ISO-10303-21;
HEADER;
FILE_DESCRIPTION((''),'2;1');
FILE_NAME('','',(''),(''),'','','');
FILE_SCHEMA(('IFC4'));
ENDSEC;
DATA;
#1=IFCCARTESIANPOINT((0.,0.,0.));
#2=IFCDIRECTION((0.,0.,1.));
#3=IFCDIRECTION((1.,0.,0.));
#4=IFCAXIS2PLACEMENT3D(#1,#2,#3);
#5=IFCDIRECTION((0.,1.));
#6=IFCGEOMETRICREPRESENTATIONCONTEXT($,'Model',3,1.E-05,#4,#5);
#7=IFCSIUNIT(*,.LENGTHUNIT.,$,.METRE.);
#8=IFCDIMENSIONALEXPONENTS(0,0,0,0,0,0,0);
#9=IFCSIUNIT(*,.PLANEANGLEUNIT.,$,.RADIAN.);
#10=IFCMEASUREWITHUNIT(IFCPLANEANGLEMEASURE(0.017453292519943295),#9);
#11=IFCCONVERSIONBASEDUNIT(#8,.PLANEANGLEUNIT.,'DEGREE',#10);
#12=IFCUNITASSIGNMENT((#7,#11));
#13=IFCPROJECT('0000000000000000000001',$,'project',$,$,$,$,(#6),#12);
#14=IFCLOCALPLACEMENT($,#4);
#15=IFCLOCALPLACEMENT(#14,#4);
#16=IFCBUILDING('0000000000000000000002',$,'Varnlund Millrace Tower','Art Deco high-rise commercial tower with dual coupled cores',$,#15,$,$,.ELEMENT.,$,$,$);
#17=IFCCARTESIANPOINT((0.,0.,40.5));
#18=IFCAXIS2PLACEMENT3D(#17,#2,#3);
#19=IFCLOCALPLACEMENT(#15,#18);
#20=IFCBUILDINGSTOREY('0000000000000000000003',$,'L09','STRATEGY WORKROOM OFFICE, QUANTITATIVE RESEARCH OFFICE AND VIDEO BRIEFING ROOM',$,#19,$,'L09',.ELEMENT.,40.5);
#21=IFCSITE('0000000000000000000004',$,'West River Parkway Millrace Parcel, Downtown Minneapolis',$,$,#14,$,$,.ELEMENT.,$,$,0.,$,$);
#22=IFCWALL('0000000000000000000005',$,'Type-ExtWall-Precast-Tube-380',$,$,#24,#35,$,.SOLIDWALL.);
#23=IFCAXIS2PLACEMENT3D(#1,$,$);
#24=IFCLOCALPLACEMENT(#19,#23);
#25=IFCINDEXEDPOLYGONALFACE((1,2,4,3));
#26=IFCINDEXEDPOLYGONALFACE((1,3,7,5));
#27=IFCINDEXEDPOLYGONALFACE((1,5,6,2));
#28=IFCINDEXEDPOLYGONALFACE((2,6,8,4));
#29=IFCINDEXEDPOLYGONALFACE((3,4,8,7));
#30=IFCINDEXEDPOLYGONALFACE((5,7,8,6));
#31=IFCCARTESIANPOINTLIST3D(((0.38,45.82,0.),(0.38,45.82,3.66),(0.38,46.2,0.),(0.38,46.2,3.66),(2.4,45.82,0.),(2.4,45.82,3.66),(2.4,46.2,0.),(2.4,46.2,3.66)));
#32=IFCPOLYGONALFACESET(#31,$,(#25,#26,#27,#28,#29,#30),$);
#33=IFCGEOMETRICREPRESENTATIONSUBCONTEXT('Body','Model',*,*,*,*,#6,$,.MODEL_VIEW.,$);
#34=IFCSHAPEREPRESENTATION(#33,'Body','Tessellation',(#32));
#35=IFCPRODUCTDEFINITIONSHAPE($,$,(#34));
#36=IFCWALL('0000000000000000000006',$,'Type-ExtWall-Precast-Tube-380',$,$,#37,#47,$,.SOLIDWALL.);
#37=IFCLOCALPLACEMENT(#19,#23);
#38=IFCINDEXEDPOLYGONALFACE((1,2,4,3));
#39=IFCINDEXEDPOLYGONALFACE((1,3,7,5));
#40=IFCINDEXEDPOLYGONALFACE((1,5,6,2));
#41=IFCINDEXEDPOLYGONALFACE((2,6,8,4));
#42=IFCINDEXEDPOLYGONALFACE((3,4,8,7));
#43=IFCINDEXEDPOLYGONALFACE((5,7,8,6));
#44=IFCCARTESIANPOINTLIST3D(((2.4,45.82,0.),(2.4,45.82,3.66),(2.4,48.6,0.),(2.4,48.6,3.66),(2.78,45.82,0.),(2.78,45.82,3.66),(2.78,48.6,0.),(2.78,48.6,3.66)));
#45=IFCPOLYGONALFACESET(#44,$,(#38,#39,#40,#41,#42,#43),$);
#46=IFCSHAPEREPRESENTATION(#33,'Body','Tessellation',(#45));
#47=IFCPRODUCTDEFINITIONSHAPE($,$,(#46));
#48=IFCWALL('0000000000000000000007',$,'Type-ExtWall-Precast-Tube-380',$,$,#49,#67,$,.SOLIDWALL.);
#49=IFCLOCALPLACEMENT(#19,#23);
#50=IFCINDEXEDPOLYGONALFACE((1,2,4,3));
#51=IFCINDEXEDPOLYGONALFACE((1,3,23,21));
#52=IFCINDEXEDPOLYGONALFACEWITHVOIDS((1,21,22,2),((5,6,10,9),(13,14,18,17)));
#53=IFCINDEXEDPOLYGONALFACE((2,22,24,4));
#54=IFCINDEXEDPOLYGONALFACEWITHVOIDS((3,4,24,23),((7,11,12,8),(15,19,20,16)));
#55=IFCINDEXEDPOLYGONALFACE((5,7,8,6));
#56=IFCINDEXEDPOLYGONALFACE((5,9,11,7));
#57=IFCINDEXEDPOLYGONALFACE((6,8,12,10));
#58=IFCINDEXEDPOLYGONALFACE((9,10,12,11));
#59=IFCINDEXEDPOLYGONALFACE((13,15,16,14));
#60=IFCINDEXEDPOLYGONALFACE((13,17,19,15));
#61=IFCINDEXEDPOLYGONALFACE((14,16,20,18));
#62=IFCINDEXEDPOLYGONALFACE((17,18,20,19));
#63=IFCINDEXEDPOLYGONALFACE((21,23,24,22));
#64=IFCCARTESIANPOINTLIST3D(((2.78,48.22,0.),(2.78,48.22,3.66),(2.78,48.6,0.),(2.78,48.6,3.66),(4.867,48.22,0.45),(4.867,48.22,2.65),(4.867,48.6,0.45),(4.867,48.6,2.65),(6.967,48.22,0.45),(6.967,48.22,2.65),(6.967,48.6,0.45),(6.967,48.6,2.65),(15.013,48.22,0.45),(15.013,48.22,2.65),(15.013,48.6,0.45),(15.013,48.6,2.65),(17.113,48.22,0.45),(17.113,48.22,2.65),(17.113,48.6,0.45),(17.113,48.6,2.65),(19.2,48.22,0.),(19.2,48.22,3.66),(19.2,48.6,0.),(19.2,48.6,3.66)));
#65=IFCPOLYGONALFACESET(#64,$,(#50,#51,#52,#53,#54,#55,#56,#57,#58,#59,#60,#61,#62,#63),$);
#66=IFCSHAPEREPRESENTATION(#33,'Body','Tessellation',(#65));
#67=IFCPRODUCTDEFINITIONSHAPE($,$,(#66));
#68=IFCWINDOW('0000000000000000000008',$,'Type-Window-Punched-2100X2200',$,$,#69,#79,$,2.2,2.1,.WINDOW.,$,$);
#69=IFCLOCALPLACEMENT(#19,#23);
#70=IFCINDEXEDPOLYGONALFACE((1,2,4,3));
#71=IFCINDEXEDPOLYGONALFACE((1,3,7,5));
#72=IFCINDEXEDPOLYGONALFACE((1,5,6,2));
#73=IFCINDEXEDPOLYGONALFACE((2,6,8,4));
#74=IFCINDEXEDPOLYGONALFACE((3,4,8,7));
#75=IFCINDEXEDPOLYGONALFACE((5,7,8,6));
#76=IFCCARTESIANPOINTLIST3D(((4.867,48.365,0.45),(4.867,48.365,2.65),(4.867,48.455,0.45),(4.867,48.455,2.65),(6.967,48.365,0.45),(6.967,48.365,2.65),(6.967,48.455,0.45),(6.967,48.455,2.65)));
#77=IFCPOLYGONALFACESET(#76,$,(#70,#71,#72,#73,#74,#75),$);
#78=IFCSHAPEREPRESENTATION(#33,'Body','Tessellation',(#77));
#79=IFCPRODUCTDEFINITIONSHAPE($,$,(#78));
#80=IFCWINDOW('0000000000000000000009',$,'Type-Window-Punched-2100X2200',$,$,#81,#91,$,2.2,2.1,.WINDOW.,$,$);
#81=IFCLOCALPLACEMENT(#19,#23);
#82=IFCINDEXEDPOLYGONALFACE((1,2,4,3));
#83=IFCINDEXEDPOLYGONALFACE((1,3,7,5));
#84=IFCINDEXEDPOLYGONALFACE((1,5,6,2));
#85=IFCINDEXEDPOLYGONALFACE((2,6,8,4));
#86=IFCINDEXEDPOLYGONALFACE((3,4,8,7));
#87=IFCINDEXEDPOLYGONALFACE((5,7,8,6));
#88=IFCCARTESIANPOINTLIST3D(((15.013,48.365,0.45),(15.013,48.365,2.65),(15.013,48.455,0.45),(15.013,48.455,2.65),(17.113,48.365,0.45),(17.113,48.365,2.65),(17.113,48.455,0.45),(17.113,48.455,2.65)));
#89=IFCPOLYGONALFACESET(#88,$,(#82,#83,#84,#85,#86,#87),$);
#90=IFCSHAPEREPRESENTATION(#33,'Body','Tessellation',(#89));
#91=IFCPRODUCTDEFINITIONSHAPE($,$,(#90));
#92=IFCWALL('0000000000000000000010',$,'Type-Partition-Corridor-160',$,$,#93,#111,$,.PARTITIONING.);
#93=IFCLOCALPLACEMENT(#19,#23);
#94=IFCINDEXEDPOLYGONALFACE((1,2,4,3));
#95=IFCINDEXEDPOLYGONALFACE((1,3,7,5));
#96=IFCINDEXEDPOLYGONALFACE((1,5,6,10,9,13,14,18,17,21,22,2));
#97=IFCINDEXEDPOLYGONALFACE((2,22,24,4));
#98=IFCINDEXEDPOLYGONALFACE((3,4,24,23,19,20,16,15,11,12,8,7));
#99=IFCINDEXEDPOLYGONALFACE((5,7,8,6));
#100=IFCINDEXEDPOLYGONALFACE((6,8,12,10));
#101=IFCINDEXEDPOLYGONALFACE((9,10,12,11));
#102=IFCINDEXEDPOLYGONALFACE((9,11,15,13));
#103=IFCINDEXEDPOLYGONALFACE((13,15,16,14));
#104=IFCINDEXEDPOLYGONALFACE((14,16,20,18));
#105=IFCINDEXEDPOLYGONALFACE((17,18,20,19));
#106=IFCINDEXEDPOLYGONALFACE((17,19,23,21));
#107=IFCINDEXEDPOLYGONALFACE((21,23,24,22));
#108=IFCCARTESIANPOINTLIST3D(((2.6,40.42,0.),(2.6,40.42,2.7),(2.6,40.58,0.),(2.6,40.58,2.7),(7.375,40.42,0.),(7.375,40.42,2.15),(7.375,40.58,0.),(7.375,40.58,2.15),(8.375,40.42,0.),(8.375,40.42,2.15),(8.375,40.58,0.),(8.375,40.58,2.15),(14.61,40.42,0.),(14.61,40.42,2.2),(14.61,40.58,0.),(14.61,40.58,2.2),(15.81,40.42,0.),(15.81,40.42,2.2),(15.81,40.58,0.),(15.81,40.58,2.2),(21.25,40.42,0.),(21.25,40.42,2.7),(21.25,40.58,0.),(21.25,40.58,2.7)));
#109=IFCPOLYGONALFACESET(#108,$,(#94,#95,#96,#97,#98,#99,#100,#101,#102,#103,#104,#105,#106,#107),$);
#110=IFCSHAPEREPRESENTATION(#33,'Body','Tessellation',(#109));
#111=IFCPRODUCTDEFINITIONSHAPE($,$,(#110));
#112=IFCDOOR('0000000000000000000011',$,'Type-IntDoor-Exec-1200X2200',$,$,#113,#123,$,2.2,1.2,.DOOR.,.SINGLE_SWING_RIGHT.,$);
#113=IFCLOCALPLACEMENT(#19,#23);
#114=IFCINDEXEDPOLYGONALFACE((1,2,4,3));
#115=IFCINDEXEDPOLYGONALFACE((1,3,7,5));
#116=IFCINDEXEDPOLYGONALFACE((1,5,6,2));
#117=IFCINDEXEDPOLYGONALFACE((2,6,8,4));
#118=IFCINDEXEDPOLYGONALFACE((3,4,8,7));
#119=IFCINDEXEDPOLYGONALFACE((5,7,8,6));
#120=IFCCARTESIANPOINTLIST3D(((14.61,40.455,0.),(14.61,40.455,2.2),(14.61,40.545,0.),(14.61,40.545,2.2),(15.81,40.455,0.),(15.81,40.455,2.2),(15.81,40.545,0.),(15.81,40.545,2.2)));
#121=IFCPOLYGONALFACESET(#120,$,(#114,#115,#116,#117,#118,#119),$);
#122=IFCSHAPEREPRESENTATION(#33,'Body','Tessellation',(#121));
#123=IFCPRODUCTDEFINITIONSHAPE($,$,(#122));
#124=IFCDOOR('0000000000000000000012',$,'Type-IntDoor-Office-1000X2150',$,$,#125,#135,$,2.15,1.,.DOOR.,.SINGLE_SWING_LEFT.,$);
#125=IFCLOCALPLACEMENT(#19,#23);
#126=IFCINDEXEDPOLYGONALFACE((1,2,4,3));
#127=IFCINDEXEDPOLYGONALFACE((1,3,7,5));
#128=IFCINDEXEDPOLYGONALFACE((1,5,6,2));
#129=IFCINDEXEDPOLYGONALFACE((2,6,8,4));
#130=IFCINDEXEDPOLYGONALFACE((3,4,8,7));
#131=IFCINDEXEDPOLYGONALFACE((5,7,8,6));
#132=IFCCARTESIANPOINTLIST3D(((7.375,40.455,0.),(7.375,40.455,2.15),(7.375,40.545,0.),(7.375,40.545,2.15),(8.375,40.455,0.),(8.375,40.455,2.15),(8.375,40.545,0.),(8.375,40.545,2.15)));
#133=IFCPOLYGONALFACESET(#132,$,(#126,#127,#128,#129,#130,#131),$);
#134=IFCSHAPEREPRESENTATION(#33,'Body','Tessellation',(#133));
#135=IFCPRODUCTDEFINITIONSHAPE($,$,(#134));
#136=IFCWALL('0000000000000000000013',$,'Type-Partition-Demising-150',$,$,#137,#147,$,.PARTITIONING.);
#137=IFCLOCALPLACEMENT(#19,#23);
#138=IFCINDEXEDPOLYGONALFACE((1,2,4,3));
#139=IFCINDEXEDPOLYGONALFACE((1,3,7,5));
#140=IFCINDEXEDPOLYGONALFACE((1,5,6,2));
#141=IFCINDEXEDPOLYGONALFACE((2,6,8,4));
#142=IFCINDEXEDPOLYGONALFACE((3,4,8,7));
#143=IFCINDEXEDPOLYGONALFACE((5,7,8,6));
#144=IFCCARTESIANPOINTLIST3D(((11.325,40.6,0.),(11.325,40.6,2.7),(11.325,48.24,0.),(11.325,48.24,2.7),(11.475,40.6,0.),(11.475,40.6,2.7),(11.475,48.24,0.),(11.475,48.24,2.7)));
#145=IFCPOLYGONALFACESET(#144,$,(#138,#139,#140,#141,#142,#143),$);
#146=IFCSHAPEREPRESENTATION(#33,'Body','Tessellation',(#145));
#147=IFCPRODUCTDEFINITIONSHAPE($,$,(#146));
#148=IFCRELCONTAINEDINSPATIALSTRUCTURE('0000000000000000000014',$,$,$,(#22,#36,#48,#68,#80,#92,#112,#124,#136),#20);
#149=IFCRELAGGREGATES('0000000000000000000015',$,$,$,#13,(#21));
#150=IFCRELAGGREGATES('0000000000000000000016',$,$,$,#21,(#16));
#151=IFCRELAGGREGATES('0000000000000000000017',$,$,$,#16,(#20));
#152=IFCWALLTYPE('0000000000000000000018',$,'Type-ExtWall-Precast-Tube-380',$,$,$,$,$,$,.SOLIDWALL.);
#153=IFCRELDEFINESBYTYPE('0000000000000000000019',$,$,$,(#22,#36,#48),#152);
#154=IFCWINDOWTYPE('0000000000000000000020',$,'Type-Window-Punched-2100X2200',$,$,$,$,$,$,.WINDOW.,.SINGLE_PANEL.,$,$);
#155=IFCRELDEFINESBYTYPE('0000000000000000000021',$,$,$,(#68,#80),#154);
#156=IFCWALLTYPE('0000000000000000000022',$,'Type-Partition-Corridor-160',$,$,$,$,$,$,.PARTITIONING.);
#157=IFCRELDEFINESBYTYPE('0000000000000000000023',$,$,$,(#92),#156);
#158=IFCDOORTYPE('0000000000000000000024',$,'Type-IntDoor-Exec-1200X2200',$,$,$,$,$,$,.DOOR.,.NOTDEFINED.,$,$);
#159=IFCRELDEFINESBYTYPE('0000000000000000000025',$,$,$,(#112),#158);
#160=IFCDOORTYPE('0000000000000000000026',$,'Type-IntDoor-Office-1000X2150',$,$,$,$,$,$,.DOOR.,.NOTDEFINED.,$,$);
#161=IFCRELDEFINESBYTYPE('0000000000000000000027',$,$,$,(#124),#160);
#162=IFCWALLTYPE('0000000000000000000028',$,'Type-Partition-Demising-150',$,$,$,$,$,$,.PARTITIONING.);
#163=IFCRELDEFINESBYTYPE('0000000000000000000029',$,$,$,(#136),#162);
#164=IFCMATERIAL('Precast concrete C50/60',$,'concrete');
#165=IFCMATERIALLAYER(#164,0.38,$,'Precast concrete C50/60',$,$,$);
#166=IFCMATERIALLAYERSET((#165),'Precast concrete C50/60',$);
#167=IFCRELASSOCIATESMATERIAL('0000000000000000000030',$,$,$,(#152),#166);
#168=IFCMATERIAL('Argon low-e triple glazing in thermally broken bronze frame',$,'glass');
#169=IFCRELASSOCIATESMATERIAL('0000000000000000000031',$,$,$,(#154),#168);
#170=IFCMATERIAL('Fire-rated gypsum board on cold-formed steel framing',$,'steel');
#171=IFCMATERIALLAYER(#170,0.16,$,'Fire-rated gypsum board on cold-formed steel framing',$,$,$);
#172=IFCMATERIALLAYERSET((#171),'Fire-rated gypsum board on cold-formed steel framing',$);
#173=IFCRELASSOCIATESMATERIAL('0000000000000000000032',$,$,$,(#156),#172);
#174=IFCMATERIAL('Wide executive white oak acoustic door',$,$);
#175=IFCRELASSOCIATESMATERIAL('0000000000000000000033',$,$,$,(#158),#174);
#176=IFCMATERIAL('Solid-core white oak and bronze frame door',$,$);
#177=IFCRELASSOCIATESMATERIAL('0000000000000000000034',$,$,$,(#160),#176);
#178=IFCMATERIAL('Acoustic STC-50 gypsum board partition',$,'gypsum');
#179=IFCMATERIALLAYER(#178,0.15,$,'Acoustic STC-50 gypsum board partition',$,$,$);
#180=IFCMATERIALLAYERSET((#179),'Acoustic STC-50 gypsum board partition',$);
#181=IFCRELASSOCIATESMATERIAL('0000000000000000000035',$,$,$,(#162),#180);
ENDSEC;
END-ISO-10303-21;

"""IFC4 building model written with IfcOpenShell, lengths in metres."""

from ifc_helpers import new_model, entity, si_unit, converted_unit, direction, frame, origin_with_axes, origin_2d_with_axis, place, context, subcontext, project, spatial, polyline, rectangle, outline, extrude, material, layer, layer_set, type_object, element, fill, save


model = new_model("IFC4")

# Units and contexts
model_context = context("Model", 3, precision=1e-05, world=origin_with_axes(), true_north=direction((0.0, 1.0)))
body_context = subcontext(model_context, "Body", "Model", "MODEL_VIEW")
ifc_project = project(units=[si_unit("LENGTHUNIT", "METRE"), converted_unit("PLANEANGLEUNIT", "DEGREE", entity("IfcPlaneAngleMeasure", 0.017453292519943295), si_unit("PLANEANGLEUNIT", "RADIAN"), dimensions=[0, 0, 0, 0, 0, 0, 0])], contexts=[model_context])

# Site, building, storey
site_placement = place(None, origin_with_axes())
site = spatial("IfcSite", under=ifc_project, at=site_placement, Name="West River Parkway Millrace Parcel, Downtown Minneapolis", CompositionType="ELEMENT", RefElevation=0.0)
building_placement = place(site_placement, origin_with_axes())
building = spatial("IfcBuilding", under=site, at=building_placement, Name="Varnlund Millrace Tower", Description="Art Deco high-rise commercial tower with dual coupled cores", CompositionType="ELEMENT")
storey_placement = place(building_placement, frame((0.0, 0.0, 40.5), z_axis=(0.0, 0.0, 1.0), x_axis=(1.0, 0.0, 0.0)))
storey = spatial("IfcBuildingStorey", under=building, at=storey_placement, Name="L09", Description="STRATEGY WORKROOM OFFICE, QUANTITATIVE RESEARCH OFFICE AND VIDEO BRIEFING ROOM", LongName="L09", CompositionType="ELEMENT", Elevation=40.5)

# Walls
ifc_material_1 = material(Name="Precast concrete C50/60", Category="concrete")
ifc_layer_1 = layer(ifc_material_1, 0.38, Name="Precast concrete C50/60")
ifc_layer_set_1 = layer_set([ifc_layer_1], Name="Precast concrete C50/60")
wall_type_1 = type_object("IfcWallType", Name="Type-ExtWall-Precast-Tube-380", PredefinedType="SOLIDWALL", material=ifc_layer_set_1)
wall_1_placement = place(storey_placement, frame((0.38, 46.01, 0.0), z_axis=(0.0, 0.0, 1.0), x_axis=(1.0, 0.0, 0.0)))
element("IfcWall", 1, at=wall_1_placement, inside=storey, type_object=wall_type_1, Name="Type-ExtWall-Precast-Tube-380", PredefinedType="SOLIDWALL", context=body_context, shape_type="SweptSolid", body=[
    extrude(outline(polyline([(0.0, -0.19), (2.02, -0.19), (2.02, 0.19), (0.0, 0.19), (0.0, -0.19)])), origin_with_axes(), (0.0, 0.0, 1.0), 3.66),
])
wall_2_placement = place(storey_placement, frame((2.59, 45.82, 0.0), z_axis=(0.0, 0.0, 1.0), x_axis=(0.0, 1.0, 0.0)))
element("IfcWall", 2, at=wall_2_placement, inside=storey, type_object=wall_type_1, Name="Type-ExtWall-Precast-Tube-380", PredefinedType="SOLIDWALL", context=body_context, shape_type="SweptSolid", body=[
    extrude(outline(polyline([(0.0, -0.19), (2.78, -0.19), (2.78, 0.19), (0.0, 0.19), (0.0, -0.19)])), origin_with_axes(), (0.0, 0.0, 1.0), 3.66),
])

# Wall, openings, windows
wall_3_placement = place(storey_placement, frame((2.78, 48.41, 0.0), z_axis=(0.0, 0.0, 1.0), x_axis=(1.0, 0.0, 0.0)))
wall_3 = element("IfcWall", 3, at=wall_3_placement, inside=storey, type_object=wall_type_1, Name="Type-ExtWall-Precast-Tube-380", PredefinedType="SOLIDWALL", context=body_context, shape_type="SweptSolid", body=[
    extrude(outline(polyline([(0.0, -0.19), (16.42, -0.19), (16.42, 0.19), (0.0, 0.19), (0.0, -0.19)])), origin_with_axes(), (0.0, 0.0, 1.0), 3.66),
])
opening_1_placement = place(wall_3_placement, frame((3.137, 0.0, 0.45), z_axis=(0.0, 0.0, 1.0), x_axis=(1.0, 0.0, 0.0)))
opening_1 = element("IfcOpeningElement", 4, at=opening_1_placement, cuts=wall_3, PredefinedType="OPENING", context=body_context, shape_type="SweptSolid", body=[
    extrude(rectangle(XDim=2.1, YDim=0.4, at=origin_2d_with_axis()), origin_with_axes(), (0.0, 0.0, 1.0), 2.2),
])
opening_2_placement = place(wall_3_placement, frame((13.283, 0.0, 0.45), z_axis=(0.0, 0.0, 1.0), x_axis=(1.0, 0.0, 0.0)))
opening_2 = element("IfcOpeningElement", 5, at=opening_2_placement, cuts=wall_3, PredefinedType="OPENING", context=body_context, shape_type="SweptSolid", body=[
    extrude(rectangle(XDim=2.1, YDim=0.4, at=origin_2d_with_axis()), origin_with_axes(), (0.0, 0.0, 1.0), 2.2),
])
ifc_material_2 = material(Name="Argon low-e triple glazing in thermally broken bronze frame", Category="glass")
window_type = type_object("IfcWindowType", Name="Type-Window-Punched-2100X2200", PartitioningType="SINGLE_PANEL", PredefinedType="WINDOW", material=ifc_material_2)
window_1_placement = place(wall_3_placement, frame((3.137, 0.0, 0.45), z_axis=(0.0, 0.0, 1.0), x_axis=(1.0, 0.0, 0.0)))
window_1 = element("IfcWindow", 6, at=window_1_placement, inside=storey, type_object=window_type, Name="Type-Window-Punched-2100X2200", OverallHeight=2.2, OverallWidth=2.1, PredefinedType="WINDOW", context=body_context, shape_type="SweptSolid", body=[
    extrude(rectangle(XDim=2.1, YDim=0.09, at=origin_2d_with_axis()), origin_with_axes(), (0.0, 0.0, 1.0), 2.2),
])
fill(opening_1, window_1)
window_2_placement = place(wall_3_placement, frame((13.283, 0.0, 0.45), z_axis=(0.0, 0.0, 1.0), x_axis=(1.0, 0.0, 0.0)))
window_2 = element("IfcWindow", 7, at=window_2_placement, inside=storey, type_object=window_type, Name="Type-Window-Punched-2100X2200", OverallHeight=2.2, OverallWidth=2.1, PredefinedType="WINDOW", context=body_context, shape_type="SweptSolid", body=[
    extrude(rectangle(XDim=2.1, YDim=0.09, at=origin_2d_with_axis()), origin_with_axes(), (0.0, 0.0, 1.0), 2.2),
])
fill(opening_2, window_2)

# Wall, openings, doors
ifc_material_3 = material(Name="Fire-rated gypsum board on cold-formed steel framing", Category="steel")
ifc_layer_2 = layer(ifc_material_3, 0.16, Name="Fire-rated gypsum board on cold-formed steel framing")
ifc_layer_set_2 = layer_set([ifc_layer_2], Name="Fire-rated gypsum board on cold-formed steel framing")
wall_type_2 = type_object("IfcWallType", Name="Type-Partition-Corridor-160", PredefinedType="PARTITIONING", material=ifc_layer_set_2)
wall_4_placement = place(storey_placement, frame((2.6, 40.5, 0.0), z_axis=(0.0, 0.0, 1.0), x_axis=(1.0, 0.0, 0.0)))
wall_4 = element("IfcWall", 8, at=wall_4_placement, inside=storey, type_object=wall_type_2, Name="Type-Partition-Corridor-160", PredefinedType="PARTITIONING", context=body_context, shape_type="SweptSolid", body=[
    extrude(outline(polyline([(0.0, -0.08), (18.65, -0.08), (18.65, 0.08), (0.0, 0.08), (0.0, -0.08)])), origin_with_axes(), (0.0, 0.0, 1.0), 2.7),
])
opening_3_placement = place(wall_4_placement, frame((5.275, 0.0, 0.0), z_axis=(0.0, 0.0, 1.0), x_axis=(1.0, 0.0, 0.0)))
opening_3 = element("IfcOpeningElement", 9, at=opening_3_placement, cuts=wall_4, PredefinedType="OPENING", context=body_context, shape_type="SweptSolid", body=[
    extrude(rectangle(XDim=1.0, YDim=0.18, at=origin_2d_with_axis()), origin_with_axes(), (0.0, 0.0, 1.0), 2.15),
])
opening_4_placement = place(wall_4_placement, frame((12.61, 0.0, 0.0), z_axis=(0.0, 0.0, 1.0), x_axis=(1.0, 0.0, 0.0)))
opening_4 = element("IfcOpeningElement", 10, at=opening_4_placement, cuts=wall_4, PredefinedType="OPENING", context=body_context, shape_type="SweptSolid", body=[
    extrude(rectangle(XDim=1.2, YDim=0.18, at=origin_2d_with_axis()), origin_with_axes(), (0.0, 0.0, 1.0), 2.2),
])
ifc_material_4 = material(Name="Wide executive white oak acoustic door")
door_type_1 = type_object("IfcDoorType", Name="Type-IntDoor-Exec-1200X2200", OperationType="NOTDEFINED", PredefinedType="DOOR", material=ifc_material_4)
door_1_placement = place(wall_4_placement, frame((12.61, 0.0, 0.0), z_axis=(0.0, 0.0, 1.0), x_axis=(1.0, 0.0, 0.0)))
door_1 = element("IfcDoor", 11, at=door_1_placement, inside=storey, type_object=door_type_1, Name="Type-IntDoor-Exec-1200X2200", OperationType="SINGLE_SWING_RIGHT", OverallHeight=2.2, OverallWidth=1.2, PredefinedType="DOOR", context=body_context, shape_type="SweptSolid", body=[
    extrude(rectangle(XDim=1.2, YDim=0.09, at=origin_2d_with_axis()), origin_with_axes(), (0.0, 0.0, 1.0), 2.2),
])
fill(opening_4, door_1)
ifc_material_5 = material(Name="Solid-core white oak and bronze frame door")
door_type_2 = type_object("IfcDoorType", Name="Type-IntDoor-Office-1000X2150", OperationType="NOTDEFINED", PredefinedType="DOOR", material=ifc_material_5)
door_2_placement = place(wall_4_placement, frame((5.275, 0.0, 0.0), z_axis=(0.0, 0.0, 1.0), x_axis=(1.0, 0.0, 0.0)))
door_2 = element("IfcDoor", 12, at=door_2_placement, inside=storey, type_object=door_type_2, Name="Type-IntDoor-Office-1000X2150", OperationType="SINGLE_SWING_LEFT", OverallHeight=2.15, OverallWidth=1.0, PredefinedType="DOOR", context=body_context, shape_type="SweptSolid", body=[
    extrude(rectangle(XDim=1.0, YDim=0.09, at=origin_2d_with_axis()), origin_with_axes(), (0.0, 0.0, 1.0), 2.15),
])
fill(opening_3, door_2)

# Wall
ifc_material_6 = material(Name="Acoustic STC-50 gypsum board partition", Category="gypsum")
ifc_layer_3 = layer(ifc_material_6, 0.15, Name="Acoustic STC-50 gypsum board partition")
ifc_layer_set_3 = layer_set([ifc_layer_3], Name="Acoustic STC-50 gypsum board partition")
wall_type_3 = type_object("IfcWallType", Name="Type-Partition-Demising-150", PredefinedType="PARTITIONING", material=ifc_layer_set_3)
wall_5_placement = place(storey_placement, frame((11.4, 40.6, 0.0), z_axis=(0.0, 0.0, 1.0), x_axis=(0.0, 1.0, 0.0)))
element("IfcWall", 13, at=wall_5_placement, inside=storey, type_object=wall_type_3, Name="Type-Partition-Demising-150", PredefinedType="PARTITIONING", context=body_context, shape_type="SweptSolid", body=[
    extrude(outline(polyline([(0.0, -0.075), (7.64, -0.075), (7.64, 0.075), (0.0, 0.075), (0.0, -0.075)])), origin_with_axes(), (0.0, 0.0, 1.0), 2.7),
])

save(model, "model.ifc")
